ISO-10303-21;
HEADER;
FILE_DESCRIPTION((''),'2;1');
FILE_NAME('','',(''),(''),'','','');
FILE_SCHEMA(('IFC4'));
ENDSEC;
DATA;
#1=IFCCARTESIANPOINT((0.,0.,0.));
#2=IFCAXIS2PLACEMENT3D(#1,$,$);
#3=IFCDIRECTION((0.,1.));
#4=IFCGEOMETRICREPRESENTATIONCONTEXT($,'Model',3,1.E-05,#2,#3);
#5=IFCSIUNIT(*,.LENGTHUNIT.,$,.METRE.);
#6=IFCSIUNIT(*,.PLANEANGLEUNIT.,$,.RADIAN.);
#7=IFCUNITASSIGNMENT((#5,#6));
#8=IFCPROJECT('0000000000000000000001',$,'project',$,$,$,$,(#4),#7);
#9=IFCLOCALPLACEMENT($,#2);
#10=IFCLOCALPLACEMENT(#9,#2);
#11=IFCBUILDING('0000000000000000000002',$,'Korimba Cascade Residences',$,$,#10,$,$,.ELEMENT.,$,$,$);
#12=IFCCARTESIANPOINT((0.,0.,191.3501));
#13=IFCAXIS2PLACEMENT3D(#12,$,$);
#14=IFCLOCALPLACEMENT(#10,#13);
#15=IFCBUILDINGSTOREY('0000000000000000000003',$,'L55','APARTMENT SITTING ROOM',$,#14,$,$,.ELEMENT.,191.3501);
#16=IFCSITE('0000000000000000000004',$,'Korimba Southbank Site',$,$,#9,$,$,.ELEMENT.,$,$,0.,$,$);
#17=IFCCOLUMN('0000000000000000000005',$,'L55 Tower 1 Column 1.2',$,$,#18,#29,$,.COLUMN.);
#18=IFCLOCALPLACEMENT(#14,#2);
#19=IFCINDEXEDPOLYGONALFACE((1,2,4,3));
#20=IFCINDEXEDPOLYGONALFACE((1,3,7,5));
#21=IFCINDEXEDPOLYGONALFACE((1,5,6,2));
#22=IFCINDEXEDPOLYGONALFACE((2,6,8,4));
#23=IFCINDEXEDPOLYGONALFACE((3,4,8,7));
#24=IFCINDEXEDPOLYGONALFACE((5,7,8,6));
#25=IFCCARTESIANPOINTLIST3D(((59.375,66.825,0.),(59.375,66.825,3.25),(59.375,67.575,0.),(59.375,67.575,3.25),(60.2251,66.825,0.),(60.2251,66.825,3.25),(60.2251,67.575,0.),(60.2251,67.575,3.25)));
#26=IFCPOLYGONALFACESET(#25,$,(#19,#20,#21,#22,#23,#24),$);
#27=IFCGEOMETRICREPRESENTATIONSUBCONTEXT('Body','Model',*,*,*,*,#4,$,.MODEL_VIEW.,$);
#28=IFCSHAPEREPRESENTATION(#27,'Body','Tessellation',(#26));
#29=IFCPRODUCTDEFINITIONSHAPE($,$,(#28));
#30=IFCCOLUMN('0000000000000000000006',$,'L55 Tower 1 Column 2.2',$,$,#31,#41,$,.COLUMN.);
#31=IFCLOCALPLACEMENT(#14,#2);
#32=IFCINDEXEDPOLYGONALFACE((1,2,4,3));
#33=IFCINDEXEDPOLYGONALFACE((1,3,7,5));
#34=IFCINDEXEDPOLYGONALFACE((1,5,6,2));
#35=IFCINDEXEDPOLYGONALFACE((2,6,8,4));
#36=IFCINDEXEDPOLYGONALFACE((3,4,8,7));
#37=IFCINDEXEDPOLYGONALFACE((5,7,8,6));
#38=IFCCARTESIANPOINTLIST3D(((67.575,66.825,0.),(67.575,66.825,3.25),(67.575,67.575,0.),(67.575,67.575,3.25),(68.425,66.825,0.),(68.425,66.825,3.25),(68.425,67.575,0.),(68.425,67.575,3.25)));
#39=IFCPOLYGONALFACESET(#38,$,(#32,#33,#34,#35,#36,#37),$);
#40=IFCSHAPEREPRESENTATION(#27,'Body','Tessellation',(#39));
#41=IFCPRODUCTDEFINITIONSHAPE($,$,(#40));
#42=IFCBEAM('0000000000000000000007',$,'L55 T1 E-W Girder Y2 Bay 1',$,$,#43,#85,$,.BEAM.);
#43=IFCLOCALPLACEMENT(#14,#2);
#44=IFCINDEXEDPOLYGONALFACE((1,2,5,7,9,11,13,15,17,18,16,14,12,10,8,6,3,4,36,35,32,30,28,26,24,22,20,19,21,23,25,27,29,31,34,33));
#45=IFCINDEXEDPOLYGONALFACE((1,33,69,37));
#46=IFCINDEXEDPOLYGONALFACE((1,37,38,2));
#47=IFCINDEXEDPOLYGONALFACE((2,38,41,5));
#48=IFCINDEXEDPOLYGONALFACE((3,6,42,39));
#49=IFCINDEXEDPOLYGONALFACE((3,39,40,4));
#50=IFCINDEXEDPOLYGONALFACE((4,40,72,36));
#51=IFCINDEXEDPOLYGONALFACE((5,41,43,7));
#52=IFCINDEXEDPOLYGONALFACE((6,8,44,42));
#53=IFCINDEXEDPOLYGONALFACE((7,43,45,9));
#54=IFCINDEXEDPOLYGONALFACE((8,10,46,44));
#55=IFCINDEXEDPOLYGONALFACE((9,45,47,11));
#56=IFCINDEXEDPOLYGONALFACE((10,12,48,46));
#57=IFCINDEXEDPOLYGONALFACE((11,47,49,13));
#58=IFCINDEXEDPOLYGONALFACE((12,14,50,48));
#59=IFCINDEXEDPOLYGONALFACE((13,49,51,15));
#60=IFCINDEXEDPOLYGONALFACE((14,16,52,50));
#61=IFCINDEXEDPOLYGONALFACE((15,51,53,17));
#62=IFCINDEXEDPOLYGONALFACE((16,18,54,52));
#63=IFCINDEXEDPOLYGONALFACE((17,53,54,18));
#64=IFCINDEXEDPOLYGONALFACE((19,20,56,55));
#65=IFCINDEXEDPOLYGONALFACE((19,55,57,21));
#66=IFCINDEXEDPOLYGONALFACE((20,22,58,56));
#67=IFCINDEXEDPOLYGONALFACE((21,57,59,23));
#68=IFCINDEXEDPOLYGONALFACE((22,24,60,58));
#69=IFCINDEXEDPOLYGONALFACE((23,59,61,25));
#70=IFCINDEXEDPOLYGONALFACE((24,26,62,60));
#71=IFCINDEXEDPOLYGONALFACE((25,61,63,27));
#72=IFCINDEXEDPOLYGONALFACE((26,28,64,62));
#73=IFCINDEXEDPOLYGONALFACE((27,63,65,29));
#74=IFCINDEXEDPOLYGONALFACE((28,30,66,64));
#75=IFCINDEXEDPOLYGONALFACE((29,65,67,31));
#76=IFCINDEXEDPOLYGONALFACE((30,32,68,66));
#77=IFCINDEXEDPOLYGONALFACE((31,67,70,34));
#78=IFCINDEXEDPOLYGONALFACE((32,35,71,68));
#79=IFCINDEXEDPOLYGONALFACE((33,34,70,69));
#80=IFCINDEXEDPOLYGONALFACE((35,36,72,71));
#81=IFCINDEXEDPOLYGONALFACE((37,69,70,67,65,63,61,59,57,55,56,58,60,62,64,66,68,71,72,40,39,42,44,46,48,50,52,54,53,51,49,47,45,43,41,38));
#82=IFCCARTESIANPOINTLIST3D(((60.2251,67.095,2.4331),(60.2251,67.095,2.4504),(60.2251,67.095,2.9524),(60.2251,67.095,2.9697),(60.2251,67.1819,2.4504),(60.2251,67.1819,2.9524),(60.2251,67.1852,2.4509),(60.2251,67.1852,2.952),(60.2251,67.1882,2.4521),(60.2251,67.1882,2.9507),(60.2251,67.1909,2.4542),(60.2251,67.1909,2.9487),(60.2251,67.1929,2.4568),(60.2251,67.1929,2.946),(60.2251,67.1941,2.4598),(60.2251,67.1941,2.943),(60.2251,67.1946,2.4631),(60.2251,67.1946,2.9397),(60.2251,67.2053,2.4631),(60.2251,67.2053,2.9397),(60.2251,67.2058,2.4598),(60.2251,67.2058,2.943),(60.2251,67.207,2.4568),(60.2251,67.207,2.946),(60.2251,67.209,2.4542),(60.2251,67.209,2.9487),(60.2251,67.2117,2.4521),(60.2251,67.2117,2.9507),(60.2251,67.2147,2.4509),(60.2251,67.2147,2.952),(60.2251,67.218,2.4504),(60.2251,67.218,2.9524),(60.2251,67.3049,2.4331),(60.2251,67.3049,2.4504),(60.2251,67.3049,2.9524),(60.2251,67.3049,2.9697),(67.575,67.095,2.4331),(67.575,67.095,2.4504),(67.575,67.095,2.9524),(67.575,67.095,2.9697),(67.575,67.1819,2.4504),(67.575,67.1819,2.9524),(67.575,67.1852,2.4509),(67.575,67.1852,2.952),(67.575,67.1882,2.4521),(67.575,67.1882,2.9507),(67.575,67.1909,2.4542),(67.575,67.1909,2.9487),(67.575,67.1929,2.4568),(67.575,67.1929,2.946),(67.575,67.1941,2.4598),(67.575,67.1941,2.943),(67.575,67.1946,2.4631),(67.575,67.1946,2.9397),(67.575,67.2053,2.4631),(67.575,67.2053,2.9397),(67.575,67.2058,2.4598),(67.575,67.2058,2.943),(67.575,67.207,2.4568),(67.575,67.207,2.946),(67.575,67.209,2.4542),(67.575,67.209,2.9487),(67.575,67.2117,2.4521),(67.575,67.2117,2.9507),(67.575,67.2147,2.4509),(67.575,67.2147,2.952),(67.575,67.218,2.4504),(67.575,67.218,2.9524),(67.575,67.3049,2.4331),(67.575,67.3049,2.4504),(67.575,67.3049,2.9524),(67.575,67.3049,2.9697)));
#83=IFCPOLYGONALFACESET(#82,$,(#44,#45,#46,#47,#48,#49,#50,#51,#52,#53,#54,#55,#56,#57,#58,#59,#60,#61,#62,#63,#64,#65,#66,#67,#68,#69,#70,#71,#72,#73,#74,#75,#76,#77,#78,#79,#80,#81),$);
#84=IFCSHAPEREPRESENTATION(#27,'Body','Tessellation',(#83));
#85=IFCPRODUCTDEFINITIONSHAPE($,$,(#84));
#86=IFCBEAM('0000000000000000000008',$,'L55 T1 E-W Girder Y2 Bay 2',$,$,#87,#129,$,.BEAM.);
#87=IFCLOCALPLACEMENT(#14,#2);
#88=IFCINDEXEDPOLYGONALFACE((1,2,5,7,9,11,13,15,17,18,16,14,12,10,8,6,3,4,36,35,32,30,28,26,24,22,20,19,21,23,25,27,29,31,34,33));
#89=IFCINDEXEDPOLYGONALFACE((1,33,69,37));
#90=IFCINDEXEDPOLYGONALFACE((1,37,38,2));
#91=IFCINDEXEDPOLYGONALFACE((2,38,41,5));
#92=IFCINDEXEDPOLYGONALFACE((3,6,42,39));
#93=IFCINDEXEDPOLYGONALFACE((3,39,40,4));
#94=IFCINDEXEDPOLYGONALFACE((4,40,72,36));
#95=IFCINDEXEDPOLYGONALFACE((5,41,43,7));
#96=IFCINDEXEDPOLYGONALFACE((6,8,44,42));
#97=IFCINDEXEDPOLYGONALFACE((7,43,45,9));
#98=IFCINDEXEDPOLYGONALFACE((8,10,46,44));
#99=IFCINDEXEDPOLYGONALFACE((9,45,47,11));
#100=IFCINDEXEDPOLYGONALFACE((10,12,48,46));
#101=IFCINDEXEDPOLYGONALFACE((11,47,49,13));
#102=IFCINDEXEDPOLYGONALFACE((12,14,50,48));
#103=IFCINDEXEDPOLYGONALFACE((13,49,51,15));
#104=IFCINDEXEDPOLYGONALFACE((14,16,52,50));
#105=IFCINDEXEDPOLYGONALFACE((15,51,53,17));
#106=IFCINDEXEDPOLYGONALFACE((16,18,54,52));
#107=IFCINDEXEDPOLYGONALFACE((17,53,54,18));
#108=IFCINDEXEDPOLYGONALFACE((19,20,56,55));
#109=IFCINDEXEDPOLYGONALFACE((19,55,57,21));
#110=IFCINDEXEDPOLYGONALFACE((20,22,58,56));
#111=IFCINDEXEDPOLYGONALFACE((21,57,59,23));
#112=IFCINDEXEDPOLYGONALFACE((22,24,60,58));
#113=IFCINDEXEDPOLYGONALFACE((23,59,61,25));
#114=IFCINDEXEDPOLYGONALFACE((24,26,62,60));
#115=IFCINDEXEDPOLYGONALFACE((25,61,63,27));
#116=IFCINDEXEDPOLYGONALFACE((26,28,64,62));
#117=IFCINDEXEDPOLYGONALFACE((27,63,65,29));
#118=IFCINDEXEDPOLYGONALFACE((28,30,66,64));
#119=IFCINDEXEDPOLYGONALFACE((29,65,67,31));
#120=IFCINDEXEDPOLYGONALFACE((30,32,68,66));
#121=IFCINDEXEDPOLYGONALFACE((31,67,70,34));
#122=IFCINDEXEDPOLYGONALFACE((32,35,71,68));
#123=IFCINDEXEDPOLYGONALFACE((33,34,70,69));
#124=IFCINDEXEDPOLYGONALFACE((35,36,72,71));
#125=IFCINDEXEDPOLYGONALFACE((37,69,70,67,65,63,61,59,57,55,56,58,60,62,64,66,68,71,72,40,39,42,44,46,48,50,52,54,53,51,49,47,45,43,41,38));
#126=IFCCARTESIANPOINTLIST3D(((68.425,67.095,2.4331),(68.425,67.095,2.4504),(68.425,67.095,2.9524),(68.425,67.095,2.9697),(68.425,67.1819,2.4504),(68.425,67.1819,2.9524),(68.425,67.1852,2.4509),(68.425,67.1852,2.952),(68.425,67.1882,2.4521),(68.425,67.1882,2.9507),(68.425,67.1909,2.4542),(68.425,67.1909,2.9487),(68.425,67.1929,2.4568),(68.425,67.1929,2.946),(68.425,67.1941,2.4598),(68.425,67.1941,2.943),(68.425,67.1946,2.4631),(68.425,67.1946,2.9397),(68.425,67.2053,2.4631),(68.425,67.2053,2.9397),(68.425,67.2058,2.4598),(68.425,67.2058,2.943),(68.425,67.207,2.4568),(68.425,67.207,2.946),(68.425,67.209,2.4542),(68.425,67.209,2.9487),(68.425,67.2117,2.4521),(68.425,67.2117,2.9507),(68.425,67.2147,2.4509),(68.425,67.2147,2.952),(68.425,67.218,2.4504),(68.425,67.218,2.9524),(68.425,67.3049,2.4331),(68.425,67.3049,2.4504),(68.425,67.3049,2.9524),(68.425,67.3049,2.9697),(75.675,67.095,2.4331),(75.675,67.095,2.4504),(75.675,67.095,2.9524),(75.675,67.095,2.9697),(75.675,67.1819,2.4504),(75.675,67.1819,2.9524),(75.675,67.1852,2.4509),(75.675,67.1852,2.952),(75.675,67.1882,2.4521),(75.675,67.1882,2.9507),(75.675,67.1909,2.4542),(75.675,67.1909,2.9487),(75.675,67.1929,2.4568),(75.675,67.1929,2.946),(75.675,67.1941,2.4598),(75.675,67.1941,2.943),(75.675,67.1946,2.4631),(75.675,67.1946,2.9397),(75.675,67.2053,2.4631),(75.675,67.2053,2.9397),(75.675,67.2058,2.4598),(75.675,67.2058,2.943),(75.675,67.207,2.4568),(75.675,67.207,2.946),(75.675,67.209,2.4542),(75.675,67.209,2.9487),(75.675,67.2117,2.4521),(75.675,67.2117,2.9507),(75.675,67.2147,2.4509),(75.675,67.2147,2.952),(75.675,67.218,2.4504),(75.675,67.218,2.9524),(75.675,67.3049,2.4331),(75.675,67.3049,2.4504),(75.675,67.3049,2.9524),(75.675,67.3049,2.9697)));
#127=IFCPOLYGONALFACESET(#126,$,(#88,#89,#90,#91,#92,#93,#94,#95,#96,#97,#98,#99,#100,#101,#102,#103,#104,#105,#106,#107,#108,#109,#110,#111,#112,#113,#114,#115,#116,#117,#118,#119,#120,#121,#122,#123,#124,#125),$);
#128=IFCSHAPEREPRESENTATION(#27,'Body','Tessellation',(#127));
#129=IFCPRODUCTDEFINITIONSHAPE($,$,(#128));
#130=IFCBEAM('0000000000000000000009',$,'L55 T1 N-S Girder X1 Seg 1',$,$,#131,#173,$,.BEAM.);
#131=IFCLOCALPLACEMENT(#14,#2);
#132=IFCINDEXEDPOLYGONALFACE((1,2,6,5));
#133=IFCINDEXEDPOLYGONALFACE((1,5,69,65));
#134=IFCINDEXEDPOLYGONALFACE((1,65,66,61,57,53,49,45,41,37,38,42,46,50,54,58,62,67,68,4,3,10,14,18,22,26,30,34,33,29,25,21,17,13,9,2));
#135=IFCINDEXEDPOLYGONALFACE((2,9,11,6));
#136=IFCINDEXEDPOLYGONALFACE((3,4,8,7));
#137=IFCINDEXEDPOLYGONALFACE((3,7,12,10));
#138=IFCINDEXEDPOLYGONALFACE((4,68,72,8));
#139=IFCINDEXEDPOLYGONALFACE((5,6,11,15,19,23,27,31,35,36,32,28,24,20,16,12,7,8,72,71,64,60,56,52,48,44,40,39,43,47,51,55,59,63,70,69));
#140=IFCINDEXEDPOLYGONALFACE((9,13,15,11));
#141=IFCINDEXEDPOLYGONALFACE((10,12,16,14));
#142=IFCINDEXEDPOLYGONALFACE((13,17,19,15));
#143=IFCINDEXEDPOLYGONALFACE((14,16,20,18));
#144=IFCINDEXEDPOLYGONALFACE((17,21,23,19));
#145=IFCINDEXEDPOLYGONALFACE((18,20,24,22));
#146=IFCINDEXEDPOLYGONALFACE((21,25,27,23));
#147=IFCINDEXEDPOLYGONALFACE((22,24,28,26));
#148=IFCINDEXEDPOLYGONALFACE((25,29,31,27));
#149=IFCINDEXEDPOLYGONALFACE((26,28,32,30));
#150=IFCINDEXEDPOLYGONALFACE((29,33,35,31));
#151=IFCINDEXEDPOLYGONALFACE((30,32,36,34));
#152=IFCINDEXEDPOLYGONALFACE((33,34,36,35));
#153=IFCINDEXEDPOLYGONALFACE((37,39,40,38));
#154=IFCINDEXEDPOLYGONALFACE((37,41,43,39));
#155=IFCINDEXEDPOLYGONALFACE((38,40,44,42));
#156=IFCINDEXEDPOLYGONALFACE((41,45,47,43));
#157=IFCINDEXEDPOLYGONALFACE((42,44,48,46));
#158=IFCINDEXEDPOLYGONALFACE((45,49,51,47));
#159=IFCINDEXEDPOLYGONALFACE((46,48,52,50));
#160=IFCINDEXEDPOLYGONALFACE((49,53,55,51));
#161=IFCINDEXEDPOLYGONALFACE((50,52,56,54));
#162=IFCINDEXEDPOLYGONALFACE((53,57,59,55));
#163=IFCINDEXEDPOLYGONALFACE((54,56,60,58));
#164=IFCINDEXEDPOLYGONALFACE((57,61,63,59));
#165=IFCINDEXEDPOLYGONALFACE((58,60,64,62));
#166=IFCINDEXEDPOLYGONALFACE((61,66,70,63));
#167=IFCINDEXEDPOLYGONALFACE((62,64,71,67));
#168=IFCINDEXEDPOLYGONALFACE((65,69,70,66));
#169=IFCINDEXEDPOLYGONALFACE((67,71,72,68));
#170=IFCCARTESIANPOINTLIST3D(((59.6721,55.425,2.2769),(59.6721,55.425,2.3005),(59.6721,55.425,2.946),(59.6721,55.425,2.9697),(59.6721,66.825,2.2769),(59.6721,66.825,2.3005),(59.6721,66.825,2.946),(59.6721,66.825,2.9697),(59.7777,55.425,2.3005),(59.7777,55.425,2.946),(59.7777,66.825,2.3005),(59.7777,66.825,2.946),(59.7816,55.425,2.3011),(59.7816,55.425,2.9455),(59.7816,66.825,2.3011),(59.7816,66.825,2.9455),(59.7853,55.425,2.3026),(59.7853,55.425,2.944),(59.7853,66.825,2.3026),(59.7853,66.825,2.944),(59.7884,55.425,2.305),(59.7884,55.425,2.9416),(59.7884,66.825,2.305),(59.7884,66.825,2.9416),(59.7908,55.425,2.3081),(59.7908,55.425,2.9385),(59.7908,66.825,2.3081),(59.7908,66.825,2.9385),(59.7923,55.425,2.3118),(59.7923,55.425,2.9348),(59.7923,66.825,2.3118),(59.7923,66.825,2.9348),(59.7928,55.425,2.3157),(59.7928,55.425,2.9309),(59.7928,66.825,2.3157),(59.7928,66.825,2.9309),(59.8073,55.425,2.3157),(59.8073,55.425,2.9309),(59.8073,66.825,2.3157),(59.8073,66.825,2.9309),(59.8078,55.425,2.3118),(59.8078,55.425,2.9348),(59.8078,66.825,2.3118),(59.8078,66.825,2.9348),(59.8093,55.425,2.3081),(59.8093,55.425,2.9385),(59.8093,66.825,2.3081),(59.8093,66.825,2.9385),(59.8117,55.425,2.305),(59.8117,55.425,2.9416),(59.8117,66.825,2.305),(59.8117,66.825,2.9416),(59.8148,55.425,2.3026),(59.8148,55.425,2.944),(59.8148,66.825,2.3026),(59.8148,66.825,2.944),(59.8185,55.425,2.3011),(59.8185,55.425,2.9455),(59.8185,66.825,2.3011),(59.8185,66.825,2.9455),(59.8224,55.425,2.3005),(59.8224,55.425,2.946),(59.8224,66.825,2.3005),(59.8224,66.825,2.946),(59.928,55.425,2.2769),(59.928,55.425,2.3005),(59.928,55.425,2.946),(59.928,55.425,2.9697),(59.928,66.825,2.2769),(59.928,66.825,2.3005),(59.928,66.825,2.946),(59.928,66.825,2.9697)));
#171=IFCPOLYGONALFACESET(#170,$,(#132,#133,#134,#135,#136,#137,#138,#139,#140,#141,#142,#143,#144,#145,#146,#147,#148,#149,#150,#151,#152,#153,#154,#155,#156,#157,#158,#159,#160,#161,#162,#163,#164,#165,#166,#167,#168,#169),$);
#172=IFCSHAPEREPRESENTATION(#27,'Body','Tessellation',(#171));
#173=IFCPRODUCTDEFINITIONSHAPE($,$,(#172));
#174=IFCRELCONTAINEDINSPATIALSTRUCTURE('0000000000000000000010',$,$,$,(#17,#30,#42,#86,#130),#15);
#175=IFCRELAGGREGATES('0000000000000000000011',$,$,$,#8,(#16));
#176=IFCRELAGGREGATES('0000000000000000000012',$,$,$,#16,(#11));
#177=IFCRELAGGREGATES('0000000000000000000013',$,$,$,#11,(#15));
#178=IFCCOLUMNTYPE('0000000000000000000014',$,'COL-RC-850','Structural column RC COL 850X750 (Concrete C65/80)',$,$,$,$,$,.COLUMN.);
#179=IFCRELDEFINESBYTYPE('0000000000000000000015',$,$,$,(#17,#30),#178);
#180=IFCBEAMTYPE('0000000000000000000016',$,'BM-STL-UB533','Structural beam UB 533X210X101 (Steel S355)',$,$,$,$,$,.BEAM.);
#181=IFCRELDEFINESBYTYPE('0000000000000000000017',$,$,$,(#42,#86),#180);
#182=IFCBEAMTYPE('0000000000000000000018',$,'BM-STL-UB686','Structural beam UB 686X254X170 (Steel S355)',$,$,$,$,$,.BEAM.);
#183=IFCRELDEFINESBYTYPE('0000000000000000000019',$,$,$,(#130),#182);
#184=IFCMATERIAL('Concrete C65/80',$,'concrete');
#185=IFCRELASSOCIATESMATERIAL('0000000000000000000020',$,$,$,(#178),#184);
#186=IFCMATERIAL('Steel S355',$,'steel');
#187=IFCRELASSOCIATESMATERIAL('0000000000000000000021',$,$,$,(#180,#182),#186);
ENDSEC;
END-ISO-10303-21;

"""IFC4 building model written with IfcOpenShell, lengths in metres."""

from ifc_helpers import new_model, si_unit, direction, frame, origin, origin_2d, place, context, subcontext, project, spatial, rectangle, i_section, extrude, material, material_profile, profile_set, type_object, element, save


model = new_model("IFC4")

# Units and contexts
model_context = context("Model", 3, precision=1e-05, world=origin(), true_north=direction((0.0, 1.0)))
body_context = subcontext(model_context, "Body", "Model", "MODEL_VIEW")
ifc_project = project(units=[si_unit("LENGTHUNIT", "METRE"), si_unit("PLANEANGLEUNIT", "RADIAN")], contexts=[model_context])

# Site, building, storey
site_placement = place(None, origin())
site = spatial("IfcSite", under=ifc_project, at=site_placement, Name="Korimba Southbank Site", CompositionType="ELEMENT", RefElevation=0.0)
building_placement = place(site_placement, origin())
building = spatial("IfcBuilding", under=site, at=building_placement, Name="Korimba Cascade Residences", CompositionType="ELEMENT")
storey_placement = place(building_placement, frame((0.0, 0.0, 191.3501)))
storey = spatial("IfcBuildingStorey", under=building, at=storey_placement, Name="L55", Description="APARTMENT SITTING ROOM", CompositionType="ELEMENT", Elevation=191.3501)

# Columns
ifc_material_1 = material(Name="Concrete C65/80", Category="concrete")
ifc_material_profile_1 = material_profile(ifc_material_1, rectangle(XDim=0.8501, YDim=0.75, at=origin_2d()), Name="Concrete C65/80")
ifc_profile_set_1 = profile_set([ifc_material_profile_1], Name="Concrete C65/80")
column_type = type_object("IfcColumnType", Name="COL-RC-850", Description="Structural column RC COL 850X750 (Concrete C65/80)", PredefinedType="COLUMN", material=ifc_profile_set_1)
for number, where, z_axis, x_axis, name in (
    (1, (59.8, 67.2, 0.0), (0.0, 0.0, 1.0), (1.0, 0.0, 0.0), "L55 Tower 1 Column 1.2"),
    (2, (68.0, 67.2, 0.0), (0.0, 0.0, 1.0), (1.0, 0.0, 0.0), "L55 Tower 1 Column 2.2"),
):
    element("IfcColumn", number, at=place(storey_placement, frame(where, z_axis=z_axis, x_axis=x_axis)), inside=storey, type_object=column_type, Name=name, PredefinedType="COLUMN", context=body_context, shape_type="SweptSolid", body=[
        extrude(rectangle(XDim=0.8501, YDim=0.75, at=origin_2d()), origin(), (0.0, 0.0, 1.0), 3.25),
    ])

# Beams
ifc_material_2 = material(Name="Steel S355", Category="steel")
ifc_material_profile_2 = material_profile(ifc_material_2, i_section(OverallWidth=0.21, OverallDepth=0.5366, WebThickness=0.0107, FlangeThickness=0.0173, FilletRadius=0.0127, at=origin_2d()), Name="Steel S355")
ifc_profile_set_2 = profile_set([ifc_material_profile_2], Name="Steel S355")
beam_type_1 = type_object("IfcBeamType", Name="BM-STL-UB533", Description="Structural beam UB 533X210X101 (Steel S355)", PredefinedType="BEAM", material=ifc_profile_set_2)
beam_1_placement = place(storey_placement, frame((60.2251, 67.2, 2.7014), z_axis=(1.0, 0.0, 0.0), x_axis=(0.0, 1.0, 0.0)))
element("IfcBeam", 3, at=beam_1_placement, inside=storey, type_object=beam_type_1, Name="L55 T1 E-W Girder Y2 Bay 1", PredefinedType="BEAM", context=body_context, shape_type="SweptSolid", body=[
    extrude(i_section(OverallWidth=0.21, OverallDepth=0.5366, WebThickness=0.0107, FlangeThickness=0.0173, FilletRadius=0.0127, at=origin_2d()), origin(), (0.0, 0.0, 1.0), 7.3499),
])
beam_2_placement = place(storey_placement, frame((68.425, 67.2, 2.7014), z_axis=(1.0, 0.0, 0.0), x_axis=(0.0, 1.0, 0.0)))
element("IfcBeam", 4, at=beam_2_placement, inside=storey, type_object=beam_type_1, Name="L55 T1 E-W Girder Y2 Bay 2", PredefinedType="BEAM", context=body_context, shape_type="SweptSolid", body=[
    extrude(i_section(OverallWidth=0.21, OverallDepth=0.5366, WebThickness=0.0107, FlangeThickness=0.0173, FilletRadius=0.0127, at=origin_2d()), origin(), (0.0, 0.0, 1.0), 7.25),
])
ifc_material_profile_3 = material_profile(ifc_material_2, i_section(OverallWidth=0.2559, OverallDepth=0.6929, WebThickness=0.0144, FlangeThickness=0.0237, FilletRadius=0.0151, at=origin_2d()), Name="Steel S355")
ifc_profile_set_3 = profile_set([ifc_material_profile_3], Name="Steel S355")
beam_type_2 = type_object("IfcBeamType", Name="BM-STL-UB686", Description="Structural beam UB 686X254X170 (Steel S355)", PredefinedType="BEAM", material=ifc_profile_set_3)
beam_3_placement = place(storey_placement, frame((59.8, 55.425, 2.6233), z_axis=(0.0, 1.0, 0.0), x_axis=(-1.0, 0.0, 0.0)))
element("IfcBeam", 5, at=beam_3_placement, inside=storey, type_object=beam_type_2, Name="L55 T1 N-S Girder X1 Seg 1", PredefinedType="BEAM", context=body_context, shape_type="SweptSolid", body=[
    extrude(i_section(OverallWidth=0.2559, OverallDepth=0.6929, WebThickness=0.0144, FlangeThickness=0.0237, FilletRadius=0.0151, at=origin_2d()), origin(), (0.0, 0.0, 1.0), 11.3999),
])

save(model, "model.ifc")
